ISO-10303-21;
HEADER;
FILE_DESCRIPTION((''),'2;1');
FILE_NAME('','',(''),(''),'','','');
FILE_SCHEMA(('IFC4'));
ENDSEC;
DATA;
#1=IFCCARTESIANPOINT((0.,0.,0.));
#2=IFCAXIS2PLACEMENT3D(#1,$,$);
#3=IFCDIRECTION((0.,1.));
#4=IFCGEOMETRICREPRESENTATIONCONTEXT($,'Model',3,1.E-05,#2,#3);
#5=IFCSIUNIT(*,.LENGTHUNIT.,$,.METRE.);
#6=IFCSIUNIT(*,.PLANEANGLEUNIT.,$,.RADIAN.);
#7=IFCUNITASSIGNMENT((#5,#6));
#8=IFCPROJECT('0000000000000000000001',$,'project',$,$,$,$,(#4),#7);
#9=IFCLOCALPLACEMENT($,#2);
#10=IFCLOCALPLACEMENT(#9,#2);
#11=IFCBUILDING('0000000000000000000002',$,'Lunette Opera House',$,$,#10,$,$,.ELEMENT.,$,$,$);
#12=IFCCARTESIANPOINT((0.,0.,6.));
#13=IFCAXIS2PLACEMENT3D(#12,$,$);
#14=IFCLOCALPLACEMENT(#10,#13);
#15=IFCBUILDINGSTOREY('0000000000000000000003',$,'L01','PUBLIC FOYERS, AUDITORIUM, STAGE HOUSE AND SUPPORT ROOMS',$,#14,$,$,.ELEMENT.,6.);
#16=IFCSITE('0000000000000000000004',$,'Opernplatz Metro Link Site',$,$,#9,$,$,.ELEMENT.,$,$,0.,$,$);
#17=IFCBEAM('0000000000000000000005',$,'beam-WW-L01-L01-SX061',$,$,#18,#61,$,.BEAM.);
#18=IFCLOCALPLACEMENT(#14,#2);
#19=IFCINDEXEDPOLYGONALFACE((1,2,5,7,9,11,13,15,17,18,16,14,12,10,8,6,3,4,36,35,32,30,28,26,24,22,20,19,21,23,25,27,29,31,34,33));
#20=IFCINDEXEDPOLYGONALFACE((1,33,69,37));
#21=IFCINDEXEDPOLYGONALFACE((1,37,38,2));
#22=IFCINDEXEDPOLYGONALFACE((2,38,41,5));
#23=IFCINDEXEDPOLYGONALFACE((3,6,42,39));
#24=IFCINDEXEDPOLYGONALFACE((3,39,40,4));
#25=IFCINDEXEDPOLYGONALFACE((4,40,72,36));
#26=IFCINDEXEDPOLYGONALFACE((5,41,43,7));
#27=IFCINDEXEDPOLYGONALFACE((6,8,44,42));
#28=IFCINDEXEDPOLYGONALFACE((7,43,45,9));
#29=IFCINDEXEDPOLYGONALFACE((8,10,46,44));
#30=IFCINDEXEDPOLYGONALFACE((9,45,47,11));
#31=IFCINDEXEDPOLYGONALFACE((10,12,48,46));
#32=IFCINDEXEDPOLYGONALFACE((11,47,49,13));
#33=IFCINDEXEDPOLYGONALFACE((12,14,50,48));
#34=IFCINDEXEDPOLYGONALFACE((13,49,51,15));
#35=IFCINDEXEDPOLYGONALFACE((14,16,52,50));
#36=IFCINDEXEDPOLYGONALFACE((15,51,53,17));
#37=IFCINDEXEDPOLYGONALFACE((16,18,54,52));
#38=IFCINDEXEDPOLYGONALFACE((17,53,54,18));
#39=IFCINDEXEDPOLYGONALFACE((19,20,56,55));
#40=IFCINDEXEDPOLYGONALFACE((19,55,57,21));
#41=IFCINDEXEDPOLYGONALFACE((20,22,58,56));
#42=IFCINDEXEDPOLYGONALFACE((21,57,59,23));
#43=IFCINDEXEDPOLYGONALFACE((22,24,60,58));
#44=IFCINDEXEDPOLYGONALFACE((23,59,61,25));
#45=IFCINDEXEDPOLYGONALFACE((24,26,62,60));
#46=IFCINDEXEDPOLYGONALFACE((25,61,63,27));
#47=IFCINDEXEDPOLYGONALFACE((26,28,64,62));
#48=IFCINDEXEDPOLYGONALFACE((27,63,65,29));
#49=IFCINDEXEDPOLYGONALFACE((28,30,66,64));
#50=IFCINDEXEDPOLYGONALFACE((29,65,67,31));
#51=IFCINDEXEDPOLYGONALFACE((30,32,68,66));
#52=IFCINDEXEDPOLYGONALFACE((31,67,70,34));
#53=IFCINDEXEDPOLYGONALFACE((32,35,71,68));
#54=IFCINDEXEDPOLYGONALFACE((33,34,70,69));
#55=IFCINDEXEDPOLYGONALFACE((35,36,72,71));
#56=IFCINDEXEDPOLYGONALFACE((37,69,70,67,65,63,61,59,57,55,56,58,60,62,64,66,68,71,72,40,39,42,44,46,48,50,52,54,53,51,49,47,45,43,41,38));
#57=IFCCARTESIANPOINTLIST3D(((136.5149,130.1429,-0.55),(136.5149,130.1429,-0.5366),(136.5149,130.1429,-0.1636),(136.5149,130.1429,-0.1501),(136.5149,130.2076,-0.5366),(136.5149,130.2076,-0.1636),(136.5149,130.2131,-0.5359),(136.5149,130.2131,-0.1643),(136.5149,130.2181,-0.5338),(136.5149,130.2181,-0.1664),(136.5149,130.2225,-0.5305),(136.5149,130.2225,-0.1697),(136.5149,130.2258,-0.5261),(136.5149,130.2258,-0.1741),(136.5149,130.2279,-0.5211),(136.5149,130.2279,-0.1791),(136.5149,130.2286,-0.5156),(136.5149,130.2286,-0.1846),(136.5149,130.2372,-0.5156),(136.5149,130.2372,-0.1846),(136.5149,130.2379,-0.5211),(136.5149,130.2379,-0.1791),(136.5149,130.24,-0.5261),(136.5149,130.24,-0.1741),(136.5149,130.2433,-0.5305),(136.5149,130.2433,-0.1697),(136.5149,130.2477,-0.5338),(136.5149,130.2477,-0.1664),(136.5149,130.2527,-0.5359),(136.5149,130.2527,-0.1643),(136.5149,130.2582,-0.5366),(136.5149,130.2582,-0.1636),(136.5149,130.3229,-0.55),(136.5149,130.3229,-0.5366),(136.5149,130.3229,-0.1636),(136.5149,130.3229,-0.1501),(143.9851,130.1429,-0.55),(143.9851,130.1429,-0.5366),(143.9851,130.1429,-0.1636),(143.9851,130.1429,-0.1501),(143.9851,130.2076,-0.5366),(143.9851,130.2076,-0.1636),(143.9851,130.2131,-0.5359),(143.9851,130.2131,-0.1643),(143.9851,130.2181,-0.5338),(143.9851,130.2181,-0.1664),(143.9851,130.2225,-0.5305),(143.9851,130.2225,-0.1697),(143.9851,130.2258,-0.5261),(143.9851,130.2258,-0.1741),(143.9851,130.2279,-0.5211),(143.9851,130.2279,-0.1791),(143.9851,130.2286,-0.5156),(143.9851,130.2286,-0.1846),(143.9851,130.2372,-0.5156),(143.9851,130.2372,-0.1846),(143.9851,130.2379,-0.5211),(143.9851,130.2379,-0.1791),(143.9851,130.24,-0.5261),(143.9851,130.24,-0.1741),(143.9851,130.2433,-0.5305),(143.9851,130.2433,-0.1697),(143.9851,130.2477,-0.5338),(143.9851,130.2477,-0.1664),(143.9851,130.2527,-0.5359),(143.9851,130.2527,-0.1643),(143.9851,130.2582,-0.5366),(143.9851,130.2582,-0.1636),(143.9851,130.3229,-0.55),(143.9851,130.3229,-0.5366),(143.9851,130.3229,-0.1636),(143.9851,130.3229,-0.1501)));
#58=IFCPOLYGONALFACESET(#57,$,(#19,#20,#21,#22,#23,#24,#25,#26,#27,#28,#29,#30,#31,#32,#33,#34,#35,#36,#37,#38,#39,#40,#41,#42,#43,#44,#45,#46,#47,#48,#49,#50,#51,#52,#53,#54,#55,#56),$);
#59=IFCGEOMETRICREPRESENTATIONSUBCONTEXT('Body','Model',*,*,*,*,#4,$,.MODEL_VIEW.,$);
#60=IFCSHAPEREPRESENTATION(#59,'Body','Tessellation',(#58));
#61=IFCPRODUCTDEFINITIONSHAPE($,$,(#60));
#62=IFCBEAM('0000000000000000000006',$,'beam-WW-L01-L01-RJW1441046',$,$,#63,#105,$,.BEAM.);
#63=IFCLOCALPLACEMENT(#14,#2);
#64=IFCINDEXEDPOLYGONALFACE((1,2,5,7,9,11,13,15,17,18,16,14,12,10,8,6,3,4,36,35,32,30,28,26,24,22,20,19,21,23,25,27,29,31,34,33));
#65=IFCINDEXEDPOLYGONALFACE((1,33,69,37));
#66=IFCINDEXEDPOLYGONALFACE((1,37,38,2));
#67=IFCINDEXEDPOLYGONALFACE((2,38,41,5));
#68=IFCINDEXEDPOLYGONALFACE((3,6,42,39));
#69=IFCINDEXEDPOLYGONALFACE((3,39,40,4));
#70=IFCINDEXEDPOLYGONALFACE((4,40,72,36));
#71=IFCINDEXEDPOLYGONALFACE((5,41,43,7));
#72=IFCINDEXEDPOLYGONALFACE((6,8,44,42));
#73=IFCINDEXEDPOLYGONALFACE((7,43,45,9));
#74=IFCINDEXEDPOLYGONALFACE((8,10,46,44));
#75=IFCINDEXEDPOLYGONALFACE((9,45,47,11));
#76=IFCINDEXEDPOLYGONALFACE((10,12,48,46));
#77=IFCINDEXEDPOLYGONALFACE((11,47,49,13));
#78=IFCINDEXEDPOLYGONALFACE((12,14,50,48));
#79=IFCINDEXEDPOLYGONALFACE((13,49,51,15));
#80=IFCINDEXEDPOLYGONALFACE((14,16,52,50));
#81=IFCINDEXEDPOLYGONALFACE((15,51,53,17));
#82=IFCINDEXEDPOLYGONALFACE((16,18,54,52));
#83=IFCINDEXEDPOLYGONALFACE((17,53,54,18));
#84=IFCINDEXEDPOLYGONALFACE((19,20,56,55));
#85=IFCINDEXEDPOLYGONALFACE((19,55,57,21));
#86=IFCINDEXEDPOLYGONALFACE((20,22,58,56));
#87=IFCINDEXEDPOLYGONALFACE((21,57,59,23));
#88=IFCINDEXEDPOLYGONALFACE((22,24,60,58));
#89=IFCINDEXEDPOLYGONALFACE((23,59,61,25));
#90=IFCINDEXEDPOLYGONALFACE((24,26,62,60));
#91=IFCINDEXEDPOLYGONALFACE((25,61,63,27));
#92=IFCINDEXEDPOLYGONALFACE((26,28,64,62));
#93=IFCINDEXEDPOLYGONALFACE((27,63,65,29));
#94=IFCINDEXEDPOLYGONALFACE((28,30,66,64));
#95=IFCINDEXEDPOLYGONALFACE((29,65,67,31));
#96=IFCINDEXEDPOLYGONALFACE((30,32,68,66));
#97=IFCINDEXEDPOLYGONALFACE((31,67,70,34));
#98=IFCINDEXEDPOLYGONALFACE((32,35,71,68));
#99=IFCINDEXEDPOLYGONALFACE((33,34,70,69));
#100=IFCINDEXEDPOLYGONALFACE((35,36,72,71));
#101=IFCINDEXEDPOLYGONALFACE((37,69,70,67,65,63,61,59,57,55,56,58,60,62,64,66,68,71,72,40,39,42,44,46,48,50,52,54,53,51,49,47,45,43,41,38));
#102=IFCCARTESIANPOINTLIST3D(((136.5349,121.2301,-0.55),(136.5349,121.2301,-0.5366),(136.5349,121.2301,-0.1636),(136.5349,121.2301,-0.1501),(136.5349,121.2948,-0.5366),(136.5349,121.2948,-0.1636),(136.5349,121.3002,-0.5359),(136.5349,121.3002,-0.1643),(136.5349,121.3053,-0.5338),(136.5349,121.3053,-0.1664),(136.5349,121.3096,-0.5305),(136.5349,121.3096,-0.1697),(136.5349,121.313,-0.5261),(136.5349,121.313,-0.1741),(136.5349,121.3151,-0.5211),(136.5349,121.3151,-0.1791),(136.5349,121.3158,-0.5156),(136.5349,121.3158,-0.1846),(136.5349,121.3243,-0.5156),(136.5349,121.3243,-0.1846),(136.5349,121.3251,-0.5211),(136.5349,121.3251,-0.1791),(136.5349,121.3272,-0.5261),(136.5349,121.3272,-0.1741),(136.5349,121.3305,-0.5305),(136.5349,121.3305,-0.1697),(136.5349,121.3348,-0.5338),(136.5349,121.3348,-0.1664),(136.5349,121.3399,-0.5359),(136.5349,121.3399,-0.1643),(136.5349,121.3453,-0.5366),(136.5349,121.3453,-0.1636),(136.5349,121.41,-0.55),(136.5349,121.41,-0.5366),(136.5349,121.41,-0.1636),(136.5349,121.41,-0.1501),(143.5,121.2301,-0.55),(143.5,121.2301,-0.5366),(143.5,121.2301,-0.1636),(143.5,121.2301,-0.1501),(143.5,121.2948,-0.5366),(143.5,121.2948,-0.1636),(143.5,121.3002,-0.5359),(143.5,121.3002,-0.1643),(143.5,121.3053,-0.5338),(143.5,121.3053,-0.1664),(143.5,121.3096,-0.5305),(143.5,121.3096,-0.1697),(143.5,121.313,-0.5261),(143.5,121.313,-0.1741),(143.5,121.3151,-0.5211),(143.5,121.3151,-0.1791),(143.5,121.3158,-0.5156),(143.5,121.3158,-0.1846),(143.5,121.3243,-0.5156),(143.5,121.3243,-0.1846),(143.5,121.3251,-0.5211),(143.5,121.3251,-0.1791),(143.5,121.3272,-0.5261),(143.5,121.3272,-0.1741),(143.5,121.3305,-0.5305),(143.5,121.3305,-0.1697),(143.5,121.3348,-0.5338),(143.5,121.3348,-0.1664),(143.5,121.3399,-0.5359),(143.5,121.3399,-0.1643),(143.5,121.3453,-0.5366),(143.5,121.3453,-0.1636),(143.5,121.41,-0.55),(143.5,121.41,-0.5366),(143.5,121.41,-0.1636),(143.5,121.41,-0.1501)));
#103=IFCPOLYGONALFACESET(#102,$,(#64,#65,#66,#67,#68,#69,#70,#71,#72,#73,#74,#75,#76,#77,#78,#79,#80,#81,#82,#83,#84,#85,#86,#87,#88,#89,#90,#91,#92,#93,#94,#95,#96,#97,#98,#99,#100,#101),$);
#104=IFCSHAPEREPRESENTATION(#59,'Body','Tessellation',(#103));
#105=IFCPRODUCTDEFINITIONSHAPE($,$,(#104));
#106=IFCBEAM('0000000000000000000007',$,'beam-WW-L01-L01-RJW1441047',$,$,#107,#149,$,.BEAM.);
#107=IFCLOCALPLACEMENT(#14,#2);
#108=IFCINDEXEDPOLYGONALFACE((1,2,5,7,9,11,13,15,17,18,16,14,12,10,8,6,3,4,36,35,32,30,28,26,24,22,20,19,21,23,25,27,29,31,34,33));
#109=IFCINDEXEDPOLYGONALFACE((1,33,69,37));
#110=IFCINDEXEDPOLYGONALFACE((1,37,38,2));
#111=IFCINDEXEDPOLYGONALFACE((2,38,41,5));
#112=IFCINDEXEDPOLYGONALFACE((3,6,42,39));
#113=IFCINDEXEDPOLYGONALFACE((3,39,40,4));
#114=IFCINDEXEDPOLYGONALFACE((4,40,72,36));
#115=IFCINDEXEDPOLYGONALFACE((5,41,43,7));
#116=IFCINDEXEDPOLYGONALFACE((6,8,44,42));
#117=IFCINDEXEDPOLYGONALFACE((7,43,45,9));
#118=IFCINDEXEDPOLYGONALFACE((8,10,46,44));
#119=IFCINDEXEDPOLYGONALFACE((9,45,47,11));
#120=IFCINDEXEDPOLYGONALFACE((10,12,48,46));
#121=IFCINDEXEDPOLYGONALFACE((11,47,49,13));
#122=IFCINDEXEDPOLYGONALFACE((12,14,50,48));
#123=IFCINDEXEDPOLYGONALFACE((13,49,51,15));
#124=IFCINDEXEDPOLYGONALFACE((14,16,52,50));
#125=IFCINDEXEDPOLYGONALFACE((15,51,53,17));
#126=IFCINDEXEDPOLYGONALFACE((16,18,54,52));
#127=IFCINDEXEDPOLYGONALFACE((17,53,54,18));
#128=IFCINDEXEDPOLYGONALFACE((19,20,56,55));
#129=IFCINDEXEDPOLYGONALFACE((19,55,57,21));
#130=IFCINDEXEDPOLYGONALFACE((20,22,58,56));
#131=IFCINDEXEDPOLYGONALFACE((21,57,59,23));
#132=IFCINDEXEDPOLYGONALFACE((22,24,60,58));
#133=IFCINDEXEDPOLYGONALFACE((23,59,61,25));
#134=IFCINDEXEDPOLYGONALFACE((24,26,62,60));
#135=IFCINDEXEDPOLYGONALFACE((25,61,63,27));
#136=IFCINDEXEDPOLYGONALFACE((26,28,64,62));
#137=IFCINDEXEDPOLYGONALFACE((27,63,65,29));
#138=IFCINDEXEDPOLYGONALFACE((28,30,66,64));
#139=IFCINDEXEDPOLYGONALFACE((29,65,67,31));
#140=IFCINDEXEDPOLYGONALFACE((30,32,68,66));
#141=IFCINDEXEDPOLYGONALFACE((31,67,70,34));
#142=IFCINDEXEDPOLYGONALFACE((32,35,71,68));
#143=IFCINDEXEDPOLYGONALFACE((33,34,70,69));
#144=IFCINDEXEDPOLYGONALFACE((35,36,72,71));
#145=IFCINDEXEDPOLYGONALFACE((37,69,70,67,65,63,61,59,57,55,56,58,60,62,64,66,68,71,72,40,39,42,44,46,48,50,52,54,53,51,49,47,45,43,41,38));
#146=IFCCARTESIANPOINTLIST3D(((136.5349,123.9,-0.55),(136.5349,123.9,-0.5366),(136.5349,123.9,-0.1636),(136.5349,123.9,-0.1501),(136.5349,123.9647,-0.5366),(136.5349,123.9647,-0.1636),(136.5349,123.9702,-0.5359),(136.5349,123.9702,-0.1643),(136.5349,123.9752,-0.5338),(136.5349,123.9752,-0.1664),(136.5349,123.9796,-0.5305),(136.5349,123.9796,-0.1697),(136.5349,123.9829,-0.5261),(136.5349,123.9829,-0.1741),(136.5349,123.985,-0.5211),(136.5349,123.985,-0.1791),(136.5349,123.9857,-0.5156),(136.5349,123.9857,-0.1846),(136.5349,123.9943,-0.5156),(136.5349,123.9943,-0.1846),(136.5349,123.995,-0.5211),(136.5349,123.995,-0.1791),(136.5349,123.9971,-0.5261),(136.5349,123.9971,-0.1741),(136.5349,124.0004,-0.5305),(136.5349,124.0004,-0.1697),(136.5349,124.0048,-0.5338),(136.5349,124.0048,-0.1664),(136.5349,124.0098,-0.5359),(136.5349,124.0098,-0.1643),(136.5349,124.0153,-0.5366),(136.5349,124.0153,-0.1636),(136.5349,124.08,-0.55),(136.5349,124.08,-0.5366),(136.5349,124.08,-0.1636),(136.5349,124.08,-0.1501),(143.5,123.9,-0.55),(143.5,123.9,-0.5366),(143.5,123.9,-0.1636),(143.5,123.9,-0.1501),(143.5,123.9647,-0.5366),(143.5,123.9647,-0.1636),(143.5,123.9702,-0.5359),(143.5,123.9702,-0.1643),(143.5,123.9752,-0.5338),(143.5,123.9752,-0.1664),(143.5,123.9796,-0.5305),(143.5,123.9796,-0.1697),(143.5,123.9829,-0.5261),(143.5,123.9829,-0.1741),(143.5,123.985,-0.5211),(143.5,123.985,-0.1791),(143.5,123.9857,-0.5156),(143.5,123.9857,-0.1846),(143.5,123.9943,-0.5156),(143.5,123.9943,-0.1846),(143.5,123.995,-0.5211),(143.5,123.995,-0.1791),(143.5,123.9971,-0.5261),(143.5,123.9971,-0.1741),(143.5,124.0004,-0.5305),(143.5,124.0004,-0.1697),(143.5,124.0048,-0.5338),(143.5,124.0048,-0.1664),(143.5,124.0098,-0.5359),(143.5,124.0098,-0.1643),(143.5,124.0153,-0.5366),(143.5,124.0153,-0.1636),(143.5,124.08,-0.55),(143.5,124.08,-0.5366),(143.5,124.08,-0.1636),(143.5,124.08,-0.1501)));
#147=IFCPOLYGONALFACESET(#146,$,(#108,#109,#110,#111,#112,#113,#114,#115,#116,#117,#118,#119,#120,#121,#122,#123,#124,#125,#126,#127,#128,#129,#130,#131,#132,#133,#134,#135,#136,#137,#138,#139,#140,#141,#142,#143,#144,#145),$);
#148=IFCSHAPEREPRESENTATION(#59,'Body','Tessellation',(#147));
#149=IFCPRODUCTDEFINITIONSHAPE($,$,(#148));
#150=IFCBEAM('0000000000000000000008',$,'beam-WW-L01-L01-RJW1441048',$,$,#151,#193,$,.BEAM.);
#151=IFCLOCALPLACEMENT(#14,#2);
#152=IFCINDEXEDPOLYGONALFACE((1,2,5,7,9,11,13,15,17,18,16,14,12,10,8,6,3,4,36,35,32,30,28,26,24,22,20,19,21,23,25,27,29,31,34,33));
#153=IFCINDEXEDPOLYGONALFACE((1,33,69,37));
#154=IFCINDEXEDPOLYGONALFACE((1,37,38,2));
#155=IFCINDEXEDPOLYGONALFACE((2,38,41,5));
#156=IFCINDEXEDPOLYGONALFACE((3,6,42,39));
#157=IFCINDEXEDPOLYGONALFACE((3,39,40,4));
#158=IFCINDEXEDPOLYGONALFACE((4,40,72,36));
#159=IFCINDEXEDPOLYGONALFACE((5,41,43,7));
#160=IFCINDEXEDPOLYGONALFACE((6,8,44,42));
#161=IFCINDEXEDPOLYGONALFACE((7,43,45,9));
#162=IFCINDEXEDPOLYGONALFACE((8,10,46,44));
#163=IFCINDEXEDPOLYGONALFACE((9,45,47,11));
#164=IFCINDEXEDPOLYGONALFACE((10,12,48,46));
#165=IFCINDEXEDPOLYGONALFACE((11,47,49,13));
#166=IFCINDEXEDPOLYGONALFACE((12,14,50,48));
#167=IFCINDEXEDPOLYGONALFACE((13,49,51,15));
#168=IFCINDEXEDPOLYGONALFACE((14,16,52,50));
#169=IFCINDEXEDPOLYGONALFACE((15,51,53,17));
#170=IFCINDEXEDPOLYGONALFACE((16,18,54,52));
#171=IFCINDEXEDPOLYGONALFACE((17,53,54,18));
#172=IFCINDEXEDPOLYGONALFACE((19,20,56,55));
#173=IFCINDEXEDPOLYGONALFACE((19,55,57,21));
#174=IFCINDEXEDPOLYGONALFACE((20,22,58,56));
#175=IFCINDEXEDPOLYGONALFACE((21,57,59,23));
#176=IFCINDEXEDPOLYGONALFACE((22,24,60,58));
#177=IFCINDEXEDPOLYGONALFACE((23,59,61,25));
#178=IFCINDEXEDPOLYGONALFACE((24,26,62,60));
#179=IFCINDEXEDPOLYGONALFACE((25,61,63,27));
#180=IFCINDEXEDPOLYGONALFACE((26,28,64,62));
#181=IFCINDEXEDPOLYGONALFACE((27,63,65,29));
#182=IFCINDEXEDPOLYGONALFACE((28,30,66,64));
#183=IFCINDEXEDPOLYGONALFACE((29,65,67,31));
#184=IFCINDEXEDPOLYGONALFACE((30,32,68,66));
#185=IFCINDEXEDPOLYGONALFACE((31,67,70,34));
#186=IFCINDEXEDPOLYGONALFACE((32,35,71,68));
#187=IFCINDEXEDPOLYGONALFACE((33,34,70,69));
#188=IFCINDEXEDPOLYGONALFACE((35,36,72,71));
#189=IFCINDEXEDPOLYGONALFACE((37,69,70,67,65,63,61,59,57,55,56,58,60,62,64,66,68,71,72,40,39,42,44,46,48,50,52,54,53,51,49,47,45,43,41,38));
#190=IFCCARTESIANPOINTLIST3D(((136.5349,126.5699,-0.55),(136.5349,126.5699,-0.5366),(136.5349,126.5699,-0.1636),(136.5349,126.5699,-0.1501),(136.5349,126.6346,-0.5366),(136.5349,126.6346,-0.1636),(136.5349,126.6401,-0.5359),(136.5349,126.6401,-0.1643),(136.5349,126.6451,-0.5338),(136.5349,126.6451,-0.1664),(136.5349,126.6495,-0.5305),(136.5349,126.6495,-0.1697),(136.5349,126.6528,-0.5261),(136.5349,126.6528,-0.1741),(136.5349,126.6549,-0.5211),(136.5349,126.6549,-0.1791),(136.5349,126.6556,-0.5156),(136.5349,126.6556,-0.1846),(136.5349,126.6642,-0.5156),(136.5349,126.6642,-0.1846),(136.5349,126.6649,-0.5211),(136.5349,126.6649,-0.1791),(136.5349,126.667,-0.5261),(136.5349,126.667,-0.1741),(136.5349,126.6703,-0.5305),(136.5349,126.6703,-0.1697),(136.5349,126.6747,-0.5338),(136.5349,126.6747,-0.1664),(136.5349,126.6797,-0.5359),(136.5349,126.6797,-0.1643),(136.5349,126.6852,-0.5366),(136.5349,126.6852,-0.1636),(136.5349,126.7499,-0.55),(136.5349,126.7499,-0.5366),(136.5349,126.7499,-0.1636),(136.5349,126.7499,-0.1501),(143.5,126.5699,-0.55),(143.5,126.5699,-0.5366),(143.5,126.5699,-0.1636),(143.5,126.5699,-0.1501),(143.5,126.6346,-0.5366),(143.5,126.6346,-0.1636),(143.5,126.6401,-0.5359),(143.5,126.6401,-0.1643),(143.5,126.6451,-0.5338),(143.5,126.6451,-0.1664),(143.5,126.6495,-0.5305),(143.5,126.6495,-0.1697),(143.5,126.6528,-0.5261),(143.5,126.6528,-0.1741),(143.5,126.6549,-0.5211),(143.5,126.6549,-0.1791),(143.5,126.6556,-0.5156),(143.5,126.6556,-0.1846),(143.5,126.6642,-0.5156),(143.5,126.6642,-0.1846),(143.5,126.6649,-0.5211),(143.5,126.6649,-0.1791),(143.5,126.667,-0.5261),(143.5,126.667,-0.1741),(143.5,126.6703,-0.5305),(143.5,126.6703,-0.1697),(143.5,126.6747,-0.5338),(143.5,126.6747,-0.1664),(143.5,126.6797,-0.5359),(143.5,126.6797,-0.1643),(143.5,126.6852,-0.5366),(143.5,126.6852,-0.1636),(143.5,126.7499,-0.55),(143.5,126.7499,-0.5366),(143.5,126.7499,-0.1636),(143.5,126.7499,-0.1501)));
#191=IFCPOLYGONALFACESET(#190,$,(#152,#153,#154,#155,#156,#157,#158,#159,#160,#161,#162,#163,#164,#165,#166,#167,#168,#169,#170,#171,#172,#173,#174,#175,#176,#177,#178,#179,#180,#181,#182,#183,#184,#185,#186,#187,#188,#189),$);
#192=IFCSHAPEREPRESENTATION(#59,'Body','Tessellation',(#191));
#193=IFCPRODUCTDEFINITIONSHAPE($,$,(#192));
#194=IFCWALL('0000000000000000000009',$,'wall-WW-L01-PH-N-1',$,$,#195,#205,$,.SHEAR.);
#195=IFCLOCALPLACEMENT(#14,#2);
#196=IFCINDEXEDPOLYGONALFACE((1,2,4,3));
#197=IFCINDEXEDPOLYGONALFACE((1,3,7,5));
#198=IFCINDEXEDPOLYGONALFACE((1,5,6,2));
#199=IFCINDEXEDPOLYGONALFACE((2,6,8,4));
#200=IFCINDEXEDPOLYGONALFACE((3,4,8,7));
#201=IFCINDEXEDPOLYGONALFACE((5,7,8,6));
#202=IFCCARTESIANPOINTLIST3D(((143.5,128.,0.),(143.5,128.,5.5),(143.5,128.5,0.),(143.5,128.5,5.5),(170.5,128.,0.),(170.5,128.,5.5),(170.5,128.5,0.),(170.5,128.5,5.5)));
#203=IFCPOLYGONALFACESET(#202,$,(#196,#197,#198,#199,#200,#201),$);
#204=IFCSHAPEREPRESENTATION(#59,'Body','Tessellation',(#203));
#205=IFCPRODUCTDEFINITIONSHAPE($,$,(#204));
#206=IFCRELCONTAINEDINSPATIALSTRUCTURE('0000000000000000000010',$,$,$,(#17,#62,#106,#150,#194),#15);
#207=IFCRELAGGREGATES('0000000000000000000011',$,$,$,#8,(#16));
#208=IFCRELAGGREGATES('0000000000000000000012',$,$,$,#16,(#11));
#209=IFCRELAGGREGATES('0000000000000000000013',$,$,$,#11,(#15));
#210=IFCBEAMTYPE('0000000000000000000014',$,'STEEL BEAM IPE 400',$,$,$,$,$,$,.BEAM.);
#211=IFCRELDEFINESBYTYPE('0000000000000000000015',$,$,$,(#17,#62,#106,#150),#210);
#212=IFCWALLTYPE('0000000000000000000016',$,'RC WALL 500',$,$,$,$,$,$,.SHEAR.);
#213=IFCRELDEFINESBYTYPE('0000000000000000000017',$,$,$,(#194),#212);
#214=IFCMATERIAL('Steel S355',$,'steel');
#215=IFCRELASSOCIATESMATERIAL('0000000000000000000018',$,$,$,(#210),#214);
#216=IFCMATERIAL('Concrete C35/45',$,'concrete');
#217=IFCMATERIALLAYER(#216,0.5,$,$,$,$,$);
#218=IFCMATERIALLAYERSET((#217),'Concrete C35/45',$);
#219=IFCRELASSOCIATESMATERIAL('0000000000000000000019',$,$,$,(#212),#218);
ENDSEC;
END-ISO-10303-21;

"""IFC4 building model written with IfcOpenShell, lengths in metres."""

from ifc_helpers import new_model, si_unit, direction, frame, frame_2d, origin, origin_2d, place, context, subcontext, project, spatial, rectangle, i_section, extrude, material, layer, layer_set, material_profile, profile_set, type_object, element, save


model = new_model("IFC4")

# Units and contexts
model_context = context("Model", 3, precision=1e-05, world=origin(), true_north=direction((0.0, 1.0)))
body_context = subcontext(model_context, "Body", "Model", "MODEL_VIEW")
ifc_project = project(units=[si_unit("LENGTHUNIT", "METRE"), si_unit("PLANEANGLEUNIT", "RADIAN")], contexts=[model_context])

# Site, building, storey
site_placement = place(None, origin())
site = spatial("IfcSite", under=ifc_project, at=site_placement, Name="Opernplatz Metro Link Site", CompositionType="ELEMENT", RefElevation=0.0)
building_placement = place(site_placement, origin())
building = spatial("IfcBuilding", under=site, at=building_placement, Name="Lunette Opera House", CompositionType="ELEMENT")
storey_placement = place(building_placement, frame((0.0, 0.0, 6.0)))
storey = spatial("IfcBuildingStorey", under=building, at=storey_placement, Name="L01", Description="PUBLIC FOYERS, AUDITORIUM, STAGE HOUSE AND SUPPORT ROOMS", CompositionType="ELEMENT", Elevation=6.0)

# Beams
ifc_material_1 = material(Name="Steel S355", Category="steel")
ifc_material_profile_1 = material_profile(ifc_material_1, i_section(OverallWidth=0.1799, OverallDepth=0.3999, WebThickness=0.0085, FlangeThickness=0.0134, FilletRadius=0.021, at=origin_2d()), Name="IPE 400")
ifc_profile_set_1 = profile_set([ifc_material_profile_1], Name="Steel S355")
beam_type_1 = type_object("IfcBeamType", Name="STEEL BEAM IPE 400", PredefinedType="BEAM", material=ifc_profile_set_1)
beam_placement = place(storey_placement, frame((136.5149, 130.2329, -0.3501), z_axis=(1.0, 0.0, 0.0), x_axis=(0.0, 1.0, 0.0)))
element("IfcBeam", 1, at=beam_placement, inside=storey, type_object=beam_type_1, Name="beam-WW-L01-L01-SX061", PredefinedType="BEAM", context=body_context, shape_type="SweptSolid", body=[
    extrude(i_section(OverallWidth=0.1799, OverallDepth=0.3999, WebThickness=0.0085, FlangeThickness=0.0134, FilletRadius=0.021, at=origin_2d()), origin(), (0.0, 0.0, 1.0), 7.4702),
])
for number, where, z_axis, x_axis, name in (
    (2, (143.5, 121.3201, -0.3501), (-1.0, 0.0, 0.0), (0.0, -1.0, 0.0), "beam-WW-L01-L01-RJW1441046"),
    (3, (143.5, 123.99, -0.3501), (-1.0, 0.0, 0.0), (0.0, -1.0, 0.0), "beam-WW-L01-L01-RJW1441047"),
    (4, (143.5, 126.6599, -0.3501), (-1.0, 0.0, 0.0), (0.0, -1.0, 0.0), "beam-WW-L01-L01-RJW1441048"),
):
    element("IfcBeam", number, at=place(storey_placement, frame(where, z_axis=z_axis, x_axis=x_axis)), inside=storey, type_object=beam_type_1, Name=name, PredefinedType="BEAM", context=body_context, shape_type="SweptSolid", body=[
        extrude(i_section(OverallWidth=0.1799, OverallDepth=0.3999, WebThickness=0.0085, FlangeThickness=0.0134, FilletRadius=0.021, at=origin_2d()), origin(), (0.0, 0.0, 1.0), 6.9651),
    ])

# Wall
ifc_material_2 = material(Name="Concrete C35/45", Category="concrete")
ifc_layer_1 = layer(ifc_material_2, 0.5)
ifc_layer_set_1 = layer_set([ifc_layer_1], Name="Concrete C35/45")
wall_type_1 = type_object("IfcWallType", Name="RC WALL 500", PredefinedType="SHEAR", material=ifc_layer_set_1)
wall_1_placement = place(storey_placement, frame((143.5, 128.25, 0.0), z_axis=(0.0, 0.0, 1.0), x_axis=(1.0, 0.0, 0.0)))
element("IfcWall", 5, at=wall_1_placement, inside=storey, type_object=wall_type_1, Name="wall-WW-L01-PH-N-1", PredefinedType="SHEAR", context=body_context, shape_type="SweptSolid", body=[
    extrude(rectangle(XDim=27.0, YDim=0.5, at=frame_2d((13.5, 0.0))), origin(), (0.0, 0.0, 1.0), 5.5),
])

save(model, "model.ifc")
